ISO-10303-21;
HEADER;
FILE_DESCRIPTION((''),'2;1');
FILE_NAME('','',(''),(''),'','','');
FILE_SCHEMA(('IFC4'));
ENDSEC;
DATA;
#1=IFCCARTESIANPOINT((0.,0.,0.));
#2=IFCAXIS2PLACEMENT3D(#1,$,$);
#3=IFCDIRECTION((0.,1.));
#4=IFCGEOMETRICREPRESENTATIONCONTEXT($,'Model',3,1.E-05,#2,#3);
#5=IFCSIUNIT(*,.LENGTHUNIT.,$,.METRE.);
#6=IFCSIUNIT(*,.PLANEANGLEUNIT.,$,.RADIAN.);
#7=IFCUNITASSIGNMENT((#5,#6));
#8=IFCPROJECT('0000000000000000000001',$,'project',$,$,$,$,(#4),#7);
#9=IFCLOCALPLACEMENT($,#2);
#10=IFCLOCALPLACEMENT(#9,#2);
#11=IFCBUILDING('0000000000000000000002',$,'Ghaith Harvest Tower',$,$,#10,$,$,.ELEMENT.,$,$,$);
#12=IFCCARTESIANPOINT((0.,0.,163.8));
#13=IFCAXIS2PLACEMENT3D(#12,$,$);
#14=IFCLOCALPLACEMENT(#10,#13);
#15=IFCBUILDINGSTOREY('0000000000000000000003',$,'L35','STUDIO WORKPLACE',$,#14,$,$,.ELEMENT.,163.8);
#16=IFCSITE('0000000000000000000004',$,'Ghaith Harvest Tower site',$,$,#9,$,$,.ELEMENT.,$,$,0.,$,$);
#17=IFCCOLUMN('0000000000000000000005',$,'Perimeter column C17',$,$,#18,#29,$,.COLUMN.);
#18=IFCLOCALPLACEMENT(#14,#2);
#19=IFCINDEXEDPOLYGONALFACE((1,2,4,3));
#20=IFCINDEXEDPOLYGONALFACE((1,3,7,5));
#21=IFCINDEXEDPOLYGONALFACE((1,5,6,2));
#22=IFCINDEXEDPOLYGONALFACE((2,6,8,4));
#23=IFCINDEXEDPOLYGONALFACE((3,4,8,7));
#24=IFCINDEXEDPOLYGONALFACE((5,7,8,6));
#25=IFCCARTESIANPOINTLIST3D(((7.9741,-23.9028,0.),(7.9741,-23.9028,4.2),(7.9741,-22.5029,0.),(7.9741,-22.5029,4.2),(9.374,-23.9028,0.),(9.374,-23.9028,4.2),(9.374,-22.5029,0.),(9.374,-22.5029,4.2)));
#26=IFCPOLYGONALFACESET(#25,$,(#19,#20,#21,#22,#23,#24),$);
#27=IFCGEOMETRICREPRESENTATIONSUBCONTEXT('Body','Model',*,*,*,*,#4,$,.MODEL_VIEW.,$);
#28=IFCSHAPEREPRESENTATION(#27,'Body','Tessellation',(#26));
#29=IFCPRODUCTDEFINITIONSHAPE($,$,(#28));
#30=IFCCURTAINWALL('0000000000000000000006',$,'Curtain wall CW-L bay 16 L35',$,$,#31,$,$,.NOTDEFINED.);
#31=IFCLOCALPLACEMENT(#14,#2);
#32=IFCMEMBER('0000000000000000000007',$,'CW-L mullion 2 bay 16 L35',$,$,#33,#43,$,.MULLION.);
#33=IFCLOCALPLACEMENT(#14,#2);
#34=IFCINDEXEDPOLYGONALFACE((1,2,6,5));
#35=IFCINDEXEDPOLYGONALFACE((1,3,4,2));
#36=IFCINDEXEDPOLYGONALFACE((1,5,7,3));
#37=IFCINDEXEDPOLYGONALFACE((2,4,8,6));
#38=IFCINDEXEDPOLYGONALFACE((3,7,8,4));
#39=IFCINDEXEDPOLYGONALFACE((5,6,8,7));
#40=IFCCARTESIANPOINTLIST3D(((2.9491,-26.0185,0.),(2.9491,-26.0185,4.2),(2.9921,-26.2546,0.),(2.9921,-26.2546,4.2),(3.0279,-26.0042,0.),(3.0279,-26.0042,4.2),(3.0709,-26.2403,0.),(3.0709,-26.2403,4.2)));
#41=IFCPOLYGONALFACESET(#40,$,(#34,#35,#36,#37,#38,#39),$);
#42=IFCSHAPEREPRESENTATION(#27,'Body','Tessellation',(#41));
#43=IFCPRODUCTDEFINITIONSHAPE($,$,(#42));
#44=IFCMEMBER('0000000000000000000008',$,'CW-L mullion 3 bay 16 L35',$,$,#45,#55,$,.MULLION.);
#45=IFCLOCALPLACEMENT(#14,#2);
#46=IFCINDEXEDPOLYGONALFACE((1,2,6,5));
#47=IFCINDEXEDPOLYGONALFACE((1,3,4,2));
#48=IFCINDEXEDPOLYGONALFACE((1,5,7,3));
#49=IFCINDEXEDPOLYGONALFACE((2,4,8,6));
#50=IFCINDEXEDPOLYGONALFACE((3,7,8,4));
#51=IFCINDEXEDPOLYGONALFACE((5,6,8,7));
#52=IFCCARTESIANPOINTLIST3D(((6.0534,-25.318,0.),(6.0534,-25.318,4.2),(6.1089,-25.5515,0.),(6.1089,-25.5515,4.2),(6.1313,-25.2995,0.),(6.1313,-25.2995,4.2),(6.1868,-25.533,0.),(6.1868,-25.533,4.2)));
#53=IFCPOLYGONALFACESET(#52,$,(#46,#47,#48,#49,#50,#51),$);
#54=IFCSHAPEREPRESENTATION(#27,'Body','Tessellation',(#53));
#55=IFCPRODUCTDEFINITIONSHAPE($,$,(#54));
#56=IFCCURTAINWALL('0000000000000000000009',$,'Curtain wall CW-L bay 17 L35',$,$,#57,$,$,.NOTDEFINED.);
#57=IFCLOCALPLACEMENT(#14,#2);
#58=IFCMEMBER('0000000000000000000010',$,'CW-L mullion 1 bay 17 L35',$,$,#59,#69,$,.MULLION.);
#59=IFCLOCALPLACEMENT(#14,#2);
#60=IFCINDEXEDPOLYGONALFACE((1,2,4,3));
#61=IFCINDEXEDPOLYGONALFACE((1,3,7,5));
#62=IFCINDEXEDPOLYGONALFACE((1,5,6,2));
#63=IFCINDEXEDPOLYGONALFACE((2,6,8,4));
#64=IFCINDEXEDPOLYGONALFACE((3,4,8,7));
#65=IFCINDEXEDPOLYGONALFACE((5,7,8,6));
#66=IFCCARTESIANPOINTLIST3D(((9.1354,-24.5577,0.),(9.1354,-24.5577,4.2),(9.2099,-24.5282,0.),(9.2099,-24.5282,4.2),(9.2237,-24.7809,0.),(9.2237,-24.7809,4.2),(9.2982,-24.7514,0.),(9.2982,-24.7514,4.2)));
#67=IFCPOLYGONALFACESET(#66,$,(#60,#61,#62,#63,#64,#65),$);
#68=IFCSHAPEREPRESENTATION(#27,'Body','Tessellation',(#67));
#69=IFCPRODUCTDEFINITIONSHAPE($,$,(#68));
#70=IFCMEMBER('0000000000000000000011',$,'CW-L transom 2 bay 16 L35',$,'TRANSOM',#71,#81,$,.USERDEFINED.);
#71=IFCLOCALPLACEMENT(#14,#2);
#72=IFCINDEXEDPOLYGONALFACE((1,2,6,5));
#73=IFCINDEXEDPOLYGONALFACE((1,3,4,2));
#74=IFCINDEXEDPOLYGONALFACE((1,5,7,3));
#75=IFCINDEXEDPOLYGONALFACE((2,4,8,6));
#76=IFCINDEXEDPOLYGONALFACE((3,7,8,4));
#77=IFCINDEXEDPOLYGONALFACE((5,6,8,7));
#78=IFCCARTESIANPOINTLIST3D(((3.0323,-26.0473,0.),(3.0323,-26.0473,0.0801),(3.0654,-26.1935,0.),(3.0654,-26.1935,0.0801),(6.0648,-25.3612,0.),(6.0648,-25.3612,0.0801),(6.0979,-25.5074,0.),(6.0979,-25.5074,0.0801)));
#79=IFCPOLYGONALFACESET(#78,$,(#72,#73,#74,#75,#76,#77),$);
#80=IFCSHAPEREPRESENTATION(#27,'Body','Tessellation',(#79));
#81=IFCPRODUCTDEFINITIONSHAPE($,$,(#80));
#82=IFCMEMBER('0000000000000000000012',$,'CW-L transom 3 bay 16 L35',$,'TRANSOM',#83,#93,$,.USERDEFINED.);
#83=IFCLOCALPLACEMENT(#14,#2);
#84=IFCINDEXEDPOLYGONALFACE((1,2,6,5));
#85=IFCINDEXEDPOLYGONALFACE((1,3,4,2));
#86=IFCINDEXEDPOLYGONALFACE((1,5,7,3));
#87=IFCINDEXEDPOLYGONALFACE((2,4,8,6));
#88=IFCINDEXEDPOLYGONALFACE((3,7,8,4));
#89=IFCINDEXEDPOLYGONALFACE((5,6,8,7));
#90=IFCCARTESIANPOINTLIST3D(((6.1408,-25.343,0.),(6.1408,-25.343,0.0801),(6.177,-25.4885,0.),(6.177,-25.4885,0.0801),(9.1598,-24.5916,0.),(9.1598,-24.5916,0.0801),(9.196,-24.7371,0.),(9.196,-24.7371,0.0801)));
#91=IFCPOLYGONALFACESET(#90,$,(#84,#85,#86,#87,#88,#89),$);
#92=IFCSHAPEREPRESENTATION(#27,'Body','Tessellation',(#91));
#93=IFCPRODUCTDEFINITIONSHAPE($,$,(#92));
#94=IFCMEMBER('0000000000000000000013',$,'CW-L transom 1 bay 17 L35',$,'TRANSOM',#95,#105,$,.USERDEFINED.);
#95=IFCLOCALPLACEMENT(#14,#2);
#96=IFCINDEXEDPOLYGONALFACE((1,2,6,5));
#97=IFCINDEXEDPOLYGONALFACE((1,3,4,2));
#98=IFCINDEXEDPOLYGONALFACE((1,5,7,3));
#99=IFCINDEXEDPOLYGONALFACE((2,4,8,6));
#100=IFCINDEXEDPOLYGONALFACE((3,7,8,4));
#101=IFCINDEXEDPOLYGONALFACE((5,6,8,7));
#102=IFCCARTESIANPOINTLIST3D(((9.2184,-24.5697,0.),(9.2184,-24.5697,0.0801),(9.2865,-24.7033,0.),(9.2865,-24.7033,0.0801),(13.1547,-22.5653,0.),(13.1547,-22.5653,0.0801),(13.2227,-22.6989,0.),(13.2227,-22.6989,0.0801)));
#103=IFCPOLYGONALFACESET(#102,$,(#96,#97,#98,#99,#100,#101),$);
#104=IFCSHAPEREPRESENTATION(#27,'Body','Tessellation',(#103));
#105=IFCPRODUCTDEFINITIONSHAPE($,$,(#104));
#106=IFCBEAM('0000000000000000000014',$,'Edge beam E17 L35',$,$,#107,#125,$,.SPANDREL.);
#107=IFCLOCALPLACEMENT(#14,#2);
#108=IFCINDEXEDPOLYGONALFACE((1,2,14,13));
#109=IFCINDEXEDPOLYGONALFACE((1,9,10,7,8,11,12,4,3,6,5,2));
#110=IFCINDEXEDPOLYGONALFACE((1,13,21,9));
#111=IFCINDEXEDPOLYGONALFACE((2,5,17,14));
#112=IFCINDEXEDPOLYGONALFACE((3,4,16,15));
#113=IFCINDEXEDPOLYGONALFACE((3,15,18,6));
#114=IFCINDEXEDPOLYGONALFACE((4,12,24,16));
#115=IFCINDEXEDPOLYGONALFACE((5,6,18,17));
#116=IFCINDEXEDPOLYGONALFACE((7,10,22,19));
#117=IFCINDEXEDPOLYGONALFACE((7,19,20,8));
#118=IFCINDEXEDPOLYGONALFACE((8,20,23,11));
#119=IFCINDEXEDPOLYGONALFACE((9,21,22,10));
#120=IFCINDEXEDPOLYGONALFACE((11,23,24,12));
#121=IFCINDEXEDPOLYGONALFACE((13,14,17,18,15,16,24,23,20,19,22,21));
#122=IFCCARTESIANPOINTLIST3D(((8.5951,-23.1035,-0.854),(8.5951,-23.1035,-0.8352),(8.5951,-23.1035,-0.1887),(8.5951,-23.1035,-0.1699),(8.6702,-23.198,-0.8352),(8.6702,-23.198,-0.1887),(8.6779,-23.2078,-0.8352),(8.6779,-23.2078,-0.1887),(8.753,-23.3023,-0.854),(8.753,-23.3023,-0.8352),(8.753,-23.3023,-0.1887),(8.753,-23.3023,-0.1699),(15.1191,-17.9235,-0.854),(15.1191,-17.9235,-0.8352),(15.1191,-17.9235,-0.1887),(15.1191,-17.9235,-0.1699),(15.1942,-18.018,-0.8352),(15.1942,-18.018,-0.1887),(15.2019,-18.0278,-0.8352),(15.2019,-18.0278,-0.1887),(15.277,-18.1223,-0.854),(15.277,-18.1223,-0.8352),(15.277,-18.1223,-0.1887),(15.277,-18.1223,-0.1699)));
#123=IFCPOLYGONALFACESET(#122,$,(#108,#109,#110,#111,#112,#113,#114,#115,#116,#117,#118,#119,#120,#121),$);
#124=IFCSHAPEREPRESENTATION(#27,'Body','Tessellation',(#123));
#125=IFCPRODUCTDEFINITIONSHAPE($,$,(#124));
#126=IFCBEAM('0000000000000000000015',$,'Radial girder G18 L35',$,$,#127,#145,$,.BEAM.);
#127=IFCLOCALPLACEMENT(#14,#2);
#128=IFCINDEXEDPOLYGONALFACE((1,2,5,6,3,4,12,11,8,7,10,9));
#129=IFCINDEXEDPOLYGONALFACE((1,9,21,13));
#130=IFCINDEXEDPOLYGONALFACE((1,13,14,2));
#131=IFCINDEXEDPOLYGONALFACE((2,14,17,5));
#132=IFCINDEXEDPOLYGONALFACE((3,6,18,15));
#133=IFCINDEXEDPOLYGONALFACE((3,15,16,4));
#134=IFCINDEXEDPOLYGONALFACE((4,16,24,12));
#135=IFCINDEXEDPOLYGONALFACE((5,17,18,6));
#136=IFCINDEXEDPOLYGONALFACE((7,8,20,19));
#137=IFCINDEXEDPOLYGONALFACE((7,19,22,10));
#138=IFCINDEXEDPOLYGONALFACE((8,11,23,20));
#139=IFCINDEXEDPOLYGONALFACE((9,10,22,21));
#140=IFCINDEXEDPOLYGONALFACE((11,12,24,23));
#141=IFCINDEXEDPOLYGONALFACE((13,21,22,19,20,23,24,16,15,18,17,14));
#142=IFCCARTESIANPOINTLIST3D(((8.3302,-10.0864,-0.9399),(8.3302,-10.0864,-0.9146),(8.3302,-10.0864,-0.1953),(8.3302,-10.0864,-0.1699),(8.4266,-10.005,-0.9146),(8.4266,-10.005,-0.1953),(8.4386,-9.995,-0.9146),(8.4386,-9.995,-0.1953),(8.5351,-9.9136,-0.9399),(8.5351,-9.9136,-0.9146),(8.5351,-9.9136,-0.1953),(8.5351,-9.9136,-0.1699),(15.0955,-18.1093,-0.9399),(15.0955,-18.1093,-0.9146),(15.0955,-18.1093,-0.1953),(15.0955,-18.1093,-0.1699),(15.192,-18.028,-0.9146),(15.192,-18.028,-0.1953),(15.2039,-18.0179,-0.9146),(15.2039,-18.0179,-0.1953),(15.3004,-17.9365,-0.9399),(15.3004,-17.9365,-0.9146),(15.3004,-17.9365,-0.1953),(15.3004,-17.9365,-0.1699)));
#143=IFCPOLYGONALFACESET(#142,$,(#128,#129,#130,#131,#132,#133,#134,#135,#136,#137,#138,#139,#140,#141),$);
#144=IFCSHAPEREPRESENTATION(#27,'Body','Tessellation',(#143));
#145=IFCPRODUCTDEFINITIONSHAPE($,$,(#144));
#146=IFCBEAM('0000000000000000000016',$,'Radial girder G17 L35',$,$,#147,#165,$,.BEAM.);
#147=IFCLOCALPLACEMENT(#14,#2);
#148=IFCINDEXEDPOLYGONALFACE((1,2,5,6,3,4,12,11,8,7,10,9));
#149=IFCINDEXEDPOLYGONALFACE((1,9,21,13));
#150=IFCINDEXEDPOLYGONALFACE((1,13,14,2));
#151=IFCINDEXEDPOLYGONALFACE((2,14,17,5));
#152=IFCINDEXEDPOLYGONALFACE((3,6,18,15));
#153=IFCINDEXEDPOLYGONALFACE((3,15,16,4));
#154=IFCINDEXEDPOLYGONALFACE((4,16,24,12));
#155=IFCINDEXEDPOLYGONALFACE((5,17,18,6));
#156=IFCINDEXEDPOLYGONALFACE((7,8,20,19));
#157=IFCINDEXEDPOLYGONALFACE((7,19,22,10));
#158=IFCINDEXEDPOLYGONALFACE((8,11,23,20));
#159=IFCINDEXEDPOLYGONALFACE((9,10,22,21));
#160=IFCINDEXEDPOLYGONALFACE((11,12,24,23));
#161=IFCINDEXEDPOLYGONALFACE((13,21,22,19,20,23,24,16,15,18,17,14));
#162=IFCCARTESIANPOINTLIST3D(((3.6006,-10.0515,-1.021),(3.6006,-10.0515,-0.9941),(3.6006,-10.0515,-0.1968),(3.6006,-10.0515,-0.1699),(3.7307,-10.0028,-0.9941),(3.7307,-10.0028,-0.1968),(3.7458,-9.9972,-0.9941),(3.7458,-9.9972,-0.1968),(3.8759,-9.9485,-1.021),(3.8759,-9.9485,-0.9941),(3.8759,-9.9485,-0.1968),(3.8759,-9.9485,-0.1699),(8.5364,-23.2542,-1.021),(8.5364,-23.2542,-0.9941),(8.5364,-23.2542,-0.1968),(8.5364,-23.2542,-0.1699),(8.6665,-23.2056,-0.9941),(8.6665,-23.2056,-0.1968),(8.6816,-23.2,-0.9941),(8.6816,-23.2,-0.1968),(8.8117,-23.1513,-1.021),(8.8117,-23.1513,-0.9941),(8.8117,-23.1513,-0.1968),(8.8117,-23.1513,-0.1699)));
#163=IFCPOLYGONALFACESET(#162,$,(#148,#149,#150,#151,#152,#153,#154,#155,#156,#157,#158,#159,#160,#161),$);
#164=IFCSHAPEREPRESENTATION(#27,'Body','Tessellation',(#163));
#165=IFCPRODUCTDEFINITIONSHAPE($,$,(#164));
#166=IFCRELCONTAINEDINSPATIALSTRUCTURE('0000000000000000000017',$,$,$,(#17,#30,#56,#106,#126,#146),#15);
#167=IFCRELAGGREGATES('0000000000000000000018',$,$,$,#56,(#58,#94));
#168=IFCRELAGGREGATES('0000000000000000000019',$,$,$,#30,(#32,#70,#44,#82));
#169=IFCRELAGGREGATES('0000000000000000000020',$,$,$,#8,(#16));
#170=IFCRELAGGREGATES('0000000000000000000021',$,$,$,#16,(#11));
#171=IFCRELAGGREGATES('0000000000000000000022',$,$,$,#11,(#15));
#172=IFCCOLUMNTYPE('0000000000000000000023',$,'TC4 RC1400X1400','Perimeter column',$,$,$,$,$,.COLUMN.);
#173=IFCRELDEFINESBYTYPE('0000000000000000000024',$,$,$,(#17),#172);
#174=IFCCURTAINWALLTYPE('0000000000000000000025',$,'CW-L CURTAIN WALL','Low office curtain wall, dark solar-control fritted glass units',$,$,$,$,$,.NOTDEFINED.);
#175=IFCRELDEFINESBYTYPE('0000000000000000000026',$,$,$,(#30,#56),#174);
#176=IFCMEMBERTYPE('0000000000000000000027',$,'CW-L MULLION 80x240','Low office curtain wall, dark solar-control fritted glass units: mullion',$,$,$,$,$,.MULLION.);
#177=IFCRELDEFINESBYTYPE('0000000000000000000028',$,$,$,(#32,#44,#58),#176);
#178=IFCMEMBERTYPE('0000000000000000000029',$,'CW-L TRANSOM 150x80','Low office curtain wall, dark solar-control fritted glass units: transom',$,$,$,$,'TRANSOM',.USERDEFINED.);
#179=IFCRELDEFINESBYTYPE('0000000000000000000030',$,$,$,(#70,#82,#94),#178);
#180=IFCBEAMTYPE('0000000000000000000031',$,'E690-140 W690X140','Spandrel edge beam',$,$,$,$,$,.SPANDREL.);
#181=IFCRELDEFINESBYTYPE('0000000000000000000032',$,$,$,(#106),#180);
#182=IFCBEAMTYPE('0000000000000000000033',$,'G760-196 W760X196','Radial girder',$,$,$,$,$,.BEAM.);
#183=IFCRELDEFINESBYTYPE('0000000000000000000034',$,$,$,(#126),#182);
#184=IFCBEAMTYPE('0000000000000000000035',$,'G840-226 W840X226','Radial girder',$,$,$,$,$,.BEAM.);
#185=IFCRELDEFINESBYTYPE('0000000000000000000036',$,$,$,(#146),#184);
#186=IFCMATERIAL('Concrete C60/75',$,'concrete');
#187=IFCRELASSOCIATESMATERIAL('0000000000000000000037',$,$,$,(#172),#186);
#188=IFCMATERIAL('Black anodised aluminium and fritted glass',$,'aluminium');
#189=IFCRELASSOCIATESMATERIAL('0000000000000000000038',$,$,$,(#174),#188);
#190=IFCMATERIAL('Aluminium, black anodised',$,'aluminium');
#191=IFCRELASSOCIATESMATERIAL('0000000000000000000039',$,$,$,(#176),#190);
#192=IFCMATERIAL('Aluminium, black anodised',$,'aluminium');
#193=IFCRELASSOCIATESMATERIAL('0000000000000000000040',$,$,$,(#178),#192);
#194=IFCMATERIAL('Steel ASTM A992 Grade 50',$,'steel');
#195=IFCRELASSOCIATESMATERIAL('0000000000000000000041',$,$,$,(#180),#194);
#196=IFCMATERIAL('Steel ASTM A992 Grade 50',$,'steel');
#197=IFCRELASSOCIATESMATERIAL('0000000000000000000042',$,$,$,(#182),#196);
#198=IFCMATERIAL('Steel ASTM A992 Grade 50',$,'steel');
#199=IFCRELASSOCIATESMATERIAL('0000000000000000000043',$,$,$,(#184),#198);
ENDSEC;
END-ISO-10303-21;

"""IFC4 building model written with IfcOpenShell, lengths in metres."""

from ifc_helpers import new_model, si_unit, direction, frame, origin, origin_2d, place, context, subcontext, project, spatial, rectangle, i_section, extrude, material, material_profile, profile_set, type_object, element, aggregate, save


model = new_model("IFC4")

# Units and contexts
model_context = context("Model", 3, precision=1e-05, world=origin(), true_north=direction((0.0, 1.0)))
body_context = subcontext(model_context, "Body", "Model", "MODEL_VIEW")
ifc_project = project(units=[si_unit("LENGTHUNIT", "METRE"), si_unit("PLANEANGLEUNIT", "RADIAN")], contexts=[model_context])

# Site, building, storey
site_placement = place(None, origin())
site = spatial("IfcSite", under=ifc_project, at=site_placement, Name="Ghaith Harvest Tower site", CompositionType="ELEMENT", RefElevation=0.0)
building_placement = place(site_placement, origin())
building = spatial("IfcBuilding", under=site, at=building_placement, Name="Ghaith Harvest Tower", CompositionType="ELEMENT")
storey_placement = place(building_placement, frame((0.0, 0.0, 163.8)))
storey = spatial("IfcBuildingStorey", under=building, at=storey_placement, Name="L35", Description="STUDIO WORKPLACE", CompositionType="ELEMENT", Elevation=163.8)

# Column
ifc_material_1 = material(Name="Concrete C60/75", Category="concrete")
ifc_material_profile_1 = material_profile(ifc_material_1, rectangle(XDim=1.3999, YDim=1.3999, at=origin_2d()), Name="RC1400X1400")
ifc_profile_set_1 = profile_set([ifc_material_profile_1], Name="Concrete C60/75")
column_type = type_object("IfcColumnType", Name="TC4 RC1400X1400", Description="Perimeter column", PredefinedType="COLUMN", material=ifc_profile_set_1)
column_placement = place(storey_placement, frame((8.6741, -23.2029, 0.0), z_axis=(0.0, 0.0, 1.0), x_axis=(1.0, 0.0, 0.0)))
element("IfcColumn", 1, at=column_placement, inside=storey, type_object=column_type, Name="Perimeter column C17", PredefinedType="COLUMN", context=body_context, shape_type="SweptSolid", body=[
    extrude(rectangle(XDim=1.3999, YDim=1.3999, at=origin_2d()), origin(), (0.0, 0.0, 1.0), 4.2),
])

# Curtain wall, members
ifc_material_2 = material(Name="Black anodised aluminium and fritted glass", Category="aluminium")
curtain_wall_type = type_object("IfcCurtainWallType", Name="CW-L CURTAIN WALL", Description="Low office curtain wall, dark solar-control fritted glass units", PredefinedType="NOTDEFINED", material=ifc_material_2)
curtain_wall_1_placement = place(storey_placement, origin())
curtain_wall_1 = element("IfcCurtainWall", 2, at=curtain_wall_1_placement, inside=storey, type_object=curtain_wall_type, Name="Curtain wall CW-L bay 16 L35", PredefinedType="NOTDEFINED")
ifc_material_3 = material(Name="Aluminium, black anodised", Category="aluminium")
ifc_material_profile_2 = material_profile(ifc_material_3, rectangle(XDim=0.0801, YDim=0.24, at=origin_2d()), Name="CW-L MULLION 80x240")
ifc_profile_set_2 = profile_set([ifc_material_profile_2], Name="Aluminium, black anodised")
member_type_1 = type_object("IfcMemberType", Name="CW-L MULLION 80x240", Description="Low office curtain wall, dark solar-control fritted glass units: mullion", PredefinedType="MULLION", material=ifc_profile_set_2)
member_1_placement = place(storey_placement, frame((3.01, -26.1294, 0.0), z_axis=(0.0, 0.0, 1.0), x_axis=(0.983806, 0.179235, 0.0)))
member_1 = element("IfcMember", 3, at=member_1_placement, type_object=member_type_1, Name="CW-L mullion 2 bay 16 L35", PredefinedType="MULLION", context=body_context, shape_type="SweptSolid", body=[
    extrude(rectangle(XDim=0.0801, YDim=0.24, at=origin_2d()), origin(), (0.0, 0.0, 1.0), 4.2),
])
member_2_placement = place(storey_placement, frame((6.1201, -25.4255, 0.0), z_axis=(0.0, 0.0, 1.0), x_axis=(0.972918, 0.23115, 0.0)))
member_2 = element("IfcMember", 4, at=member_2_placement, type_object=member_type_1, Name="CW-L mullion 3 bay 16 L35", PredefinedType="MULLION", context=body_context, shape_type="SweptSolid", body=[
    extrude(rectangle(XDim=0.0801, YDim=0.24, at=origin_2d()), origin(), (0.0, 0.0, 1.0), 4.2),
])

# Curtain wall, member
curtain_wall_2_placement = place(storey_placement, origin())
curtain_wall_2 = element("IfcCurtainWall", 5, at=curtain_wall_2_placement, inside=storey, type_object=curtain_wall_type, Name="Curtain wall CW-L bay 17 L35", PredefinedType="NOTDEFINED")
member_3_placement = place(storey_placement, frame((9.2168, -24.6545, 0.0), z_axis=(0.0, 0.0, 1.0), x_axis=(0.929832, 0.367985, 0.0)))
member_3 = element("IfcMember", 6, at=member_3_placement, type_object=member_type_1, Name="CW-L mullion 1 bay 17 L35", PredefinedType="MULLION", context=body_context, shape_type="SweptSolid", body=[
    extrude(rectangle(XDim=0.0801, YDim=0.24, at=origin_2d()), origin(), (0.0, 0.0, 1.0), 4.2),
])

# Members
ifc_material_4 = material(Name="Aluminium, black anodised", Category="aluminium")
ifc_material_profile_3 = material_profile(ifc_material_4, rectangle(XDim=0.1499, YDim=0.0801, at=origin_2d()), Name="CW-L TRANSOM 150x80")
ifc_profile_set_3 = profile_set([ifc_material_profile_3], Name="Aluminium, black anodised")
member_type_2 = type_object("IfcMemberType", Name="CW-L TRANSOM 150x80", Description="Low office curtain wall, dark solar-control fritted glass units: transom", ElementType="TRANSOM", PredefinedType="USERDEFINED", material=ifc_profile_set_3)
member_4_placement = place(storey_placement, frame((3.0488, -26.1204, 0.04), z_axis=(0.975352, 0.220654, 0.0), x_axis=(-0.220654, 0.975352, 0.0)))
member_4 = element("IfcMember", 7, at=member_4_placement, type_object=member_type_2, Name="CW-L transom 2 bay 16 L35", ObjectType="TRANSOM", PredefinedType="USERDEFINED", context=body_context, shape_type="SweptSolid", body=[
    extrude(rectangle(XDim=0.1499, YDim=0.0801, at=origin_2d()), origin(), (0.0, 0.0, 1.0), 3.1091),
])
member_5_placement = place(storey_placement, frame((6.1589, -25.4158, 0.04), z_axis=(0.970391, 0.241538, 0.0), x_axis=(-0.241538, 0.970391, 0.0)))
member_5 = element("IfcMember", 8, at=member_5_placement, type_object=member_type_2, Name="CW-L transom 3 bay 16 L35", ObjectType="TRANSOM", PredefinedType="USERDEFINED", context=body_context, shape_type="SweptSolid", body=[
    extrude(rectangle(XDim=0.1499, YDim=0.0801, at=origin_2d()), origin(), (0.0, 0.0, 1.0), 3.1111),
])
member_6_placement = place(storey_placement, frame((9.2524, -24.6365, 0.04), z_axis=(0.89112, 0.453768, 0.0), x_axis=(-0.453768, 0.89112, 0.0)))
member_6 = element("IfcMember", 9, at=member_6_placement, type_object=member_type_2, Name="CW-L transom 1 bay 17 L35", ObjectType="TRANSOM", PredefinedType="USERDEFINED", context=body_context, shape_type="SweptSolid", body=[
    extrude(rectangle(XDim=0.1499, YDim=0.0801, at=origin_2d()), origin(), (0.0, 0.0, 1.0), 4.4172),
])
aggregate(curtain_wall_2, [member_3, member_6])

# Beams
ifc_material_5 = material(Name="Steel ASTM A992 Grade 50", Category="steel")
ifc_material_profile_4 = material_profile(ifc_material_5, i_section(OverallWidth=0.2539, OverallDepth=0.6841, WebThickness=0.0125, FlangeThickness=0.0188, at=origin_2d()), Name="W690X140")
ifc_profile_set_4 = profile_set([ifc_material_profile_4], Name="Steel ASTM A992 Grade 50")
beam_type_1 = type_object("IfcBeamType", Name="E690-140 W690X140", Description="Spandrel edge beam", PredefinedType="SPANDREL", material=ifc_profile_set_4)
beam_1_placement = place(storey_placement, frame((8.6741, -23.2029, -0.512), z_axis=(0.78316, 0.621821, 0.0), x_axis=(-0.621821, 0.78316, 0.0)))
element("IfcBeam", 10, at=beam_1_placement, inside=storey, type_object=beam_type_1, Name="Edge beam E17 L35", PredefinedType="SPANDREL", context=body_context, shape_type="SweptSolid", body=[
    extrude(i_section(OverallWidth=0.2539, OverallDepth=0.6841, WebThickness=0.0125, FlangeThickness=0.0188, at=origin_2d()), origin(), (0.0, 0.0, 1.0), 8.3303),
])
ifc_material_6 = material(Name="Steel ASTM A992 Grade 50", Category="steel")
ifc_material_profile_5 = material_profile(ifc_material_6, i_section(OverallWidth=0.2681, OverallDepth=0.77, WebThickness=0.0156, FlangeThickness=0.0254, at=origin_2d()), Name="W760X196")
ifc_profile_set_5 = profile_set([ifc_material_profile_5], Name="Steel ASTM A992 Grade 50")
beam_type_2 = type_object("IfcBeamType", Name="G760-196 W760X196", Description="Radial girder", PredefinedType="BEAM", material=ifc_profile_set_5)
beam_2_placement = place(storey_placement, frame((8.4326, -10.0, -0.5549), z_axis=(0.644649, -0.764478, 0.0), x_axis=(0.764478, 0.644649, 0.0)))
element("IfcBeam", 11, at=beam_2_placement, inside=storey, type_object=beam_type_2, Name="Radial girder G18 L35", PredefinedType="BEAM", context=body_context, shape_type="SweptSolid", body=[
    extrude(i_section(OverallWidth=0.2681, OverallDepth=0.77, WebThickness=0.0156, FlangeThickness=0.0254, at=origin_2d()), origin(), (0.0, 0.0, 1.0), 10.4946),
])
ifc_material_7 = material(Name="Steel ASTM A992 Grade 50", Category="steel")
ifc_material_profile_6 = material_profile(ifc_material_7, i_section(OverallWidth=0.2939, OverallDepth=0.8511, WebThickness=0.0161, FlangeThickness=0.0269, at=origin_2d()), Name="W840X226")
ifc_profile_set_6 = profile_set([ifc_material_profile_6], Name="Steel ASTM A992 Grade 50")
beam_type_3 = type_object("IfcBeamType", Name="G840-226 W840X226", Description="Radial girder", PredefinedType="BEAM", material=ifc_profile_set_6)
beam_3_placement = place(storey_placement, frame((3.7383, -10.0, -0.5955), z_axis=(0.350172, -0.936685, 0.0), x_axis=(0.936685, 0.350172, 0.0)))
element("IfcBeam", 12, at=beam_3_placement, inside=storey, type_object=beam_type_3, Name="Radial girder G17 L35", PredefinedType="BEAM", context=body_context, shape_type="SweptSolid", body=[
    extrude(i_section(OverallWidth=0.2939, OverallDepth=0.8511, WebThickness=0.0161, FlangeThickness=0.0269, at=origin_2d()), origin(), (0.0, 0.0, 1.0), 14.0952),
])

aggregate(curtain_wall_1, [member_1, member_4, member_2, member_5])

save(model, "model.ifc")
